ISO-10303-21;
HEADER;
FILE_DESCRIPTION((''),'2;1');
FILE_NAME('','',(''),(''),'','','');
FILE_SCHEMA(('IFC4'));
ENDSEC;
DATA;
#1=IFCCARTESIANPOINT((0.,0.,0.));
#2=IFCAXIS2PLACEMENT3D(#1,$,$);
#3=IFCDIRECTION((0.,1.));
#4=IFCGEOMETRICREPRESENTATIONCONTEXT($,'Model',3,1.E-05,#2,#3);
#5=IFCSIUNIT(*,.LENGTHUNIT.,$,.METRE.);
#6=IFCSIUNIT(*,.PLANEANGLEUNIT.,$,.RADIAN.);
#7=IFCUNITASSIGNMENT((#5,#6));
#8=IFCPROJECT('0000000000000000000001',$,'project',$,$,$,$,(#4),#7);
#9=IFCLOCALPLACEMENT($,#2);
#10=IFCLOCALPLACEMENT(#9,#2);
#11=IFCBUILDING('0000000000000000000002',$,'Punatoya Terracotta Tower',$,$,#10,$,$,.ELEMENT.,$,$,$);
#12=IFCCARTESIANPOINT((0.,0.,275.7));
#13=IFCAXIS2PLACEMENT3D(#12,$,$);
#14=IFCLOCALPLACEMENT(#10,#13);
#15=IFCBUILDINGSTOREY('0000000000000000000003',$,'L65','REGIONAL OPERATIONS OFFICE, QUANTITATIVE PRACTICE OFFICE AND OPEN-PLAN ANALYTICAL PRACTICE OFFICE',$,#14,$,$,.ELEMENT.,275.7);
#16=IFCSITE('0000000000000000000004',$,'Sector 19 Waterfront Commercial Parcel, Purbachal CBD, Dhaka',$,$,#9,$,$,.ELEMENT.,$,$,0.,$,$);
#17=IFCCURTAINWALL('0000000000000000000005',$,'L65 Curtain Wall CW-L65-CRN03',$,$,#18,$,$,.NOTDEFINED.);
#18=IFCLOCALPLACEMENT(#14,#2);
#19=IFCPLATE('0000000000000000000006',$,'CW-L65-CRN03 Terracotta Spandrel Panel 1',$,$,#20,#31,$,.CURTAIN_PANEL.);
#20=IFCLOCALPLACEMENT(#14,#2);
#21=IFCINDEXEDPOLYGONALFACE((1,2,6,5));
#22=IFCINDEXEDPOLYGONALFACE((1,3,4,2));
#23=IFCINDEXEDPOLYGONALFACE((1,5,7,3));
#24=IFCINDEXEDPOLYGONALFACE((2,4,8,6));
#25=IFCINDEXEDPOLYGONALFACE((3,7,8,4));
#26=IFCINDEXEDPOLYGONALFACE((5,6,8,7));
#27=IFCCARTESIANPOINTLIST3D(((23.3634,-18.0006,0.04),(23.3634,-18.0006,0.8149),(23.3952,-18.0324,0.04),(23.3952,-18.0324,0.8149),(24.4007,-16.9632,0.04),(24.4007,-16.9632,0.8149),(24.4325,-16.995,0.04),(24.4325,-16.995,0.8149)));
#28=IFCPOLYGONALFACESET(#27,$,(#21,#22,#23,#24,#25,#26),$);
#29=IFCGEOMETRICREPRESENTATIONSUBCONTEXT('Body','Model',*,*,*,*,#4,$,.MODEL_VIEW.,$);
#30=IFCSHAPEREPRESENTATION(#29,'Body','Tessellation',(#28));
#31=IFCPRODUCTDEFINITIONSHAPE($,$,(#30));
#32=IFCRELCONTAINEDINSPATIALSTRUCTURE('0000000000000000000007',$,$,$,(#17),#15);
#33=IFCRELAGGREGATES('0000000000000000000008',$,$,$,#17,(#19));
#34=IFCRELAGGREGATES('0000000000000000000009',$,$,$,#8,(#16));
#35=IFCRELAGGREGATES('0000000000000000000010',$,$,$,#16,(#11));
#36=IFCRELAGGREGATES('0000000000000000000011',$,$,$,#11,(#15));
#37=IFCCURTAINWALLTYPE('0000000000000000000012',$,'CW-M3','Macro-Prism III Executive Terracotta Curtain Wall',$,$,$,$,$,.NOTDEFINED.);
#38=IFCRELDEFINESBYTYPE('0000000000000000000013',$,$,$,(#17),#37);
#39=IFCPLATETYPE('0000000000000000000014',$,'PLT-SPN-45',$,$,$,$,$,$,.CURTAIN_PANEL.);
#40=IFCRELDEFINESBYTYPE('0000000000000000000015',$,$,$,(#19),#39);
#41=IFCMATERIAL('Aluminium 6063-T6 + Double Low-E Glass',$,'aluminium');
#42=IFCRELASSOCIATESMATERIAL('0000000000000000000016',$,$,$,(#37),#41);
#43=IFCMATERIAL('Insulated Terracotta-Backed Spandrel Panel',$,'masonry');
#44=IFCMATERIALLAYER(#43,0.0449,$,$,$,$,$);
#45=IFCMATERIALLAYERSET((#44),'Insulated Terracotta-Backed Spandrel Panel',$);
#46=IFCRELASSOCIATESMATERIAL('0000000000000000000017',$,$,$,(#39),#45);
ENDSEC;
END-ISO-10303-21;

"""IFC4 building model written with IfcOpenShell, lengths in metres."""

from ifc_helpers import new_model, si_unit, direction, frame, origin, origin_2d, place, context, subcontext, project, spatial, rectangle, extrude, material, layer, layer_set, type_object, element, aggregate, save


model = new_model("IFC4")

# Units and contexts
model_context = context("Model", 3, precision=1e-05, world=origin(), true_north=direction((0.0, 1.0)))
body_context = subcontext(model_context, "Body", "Model", "MODEL_VIEW")
ifc_project = project(units=[si_unit("LENGTHUNIT", "METRE"), si_unit("PLANEANGLEUNIT", "RADIAN")], contexts=[model_context])

# Site, building, storey
site_placement = place(None, origin())
site = spatial("IfcSite", under=ifc_project, at=site_placement, Name="Sector 19 Waterfront Commercial Parcel, Purbachal CBD, Dhaka", CompositionType="ELEMENT", RefElevation=0.0)
building_placement = place(site_placement, origin())
building = spatial("IfcBuilding", under=site, at=building_placement, Name="Punatoya Terracotta Tower", CompositionType="ELEMENT")
storey_placement = place(building_placement, frame((0.0, 0.0, 275.7)))
storey = spatial("IfcBuildingStorey", under=building, at=storey_placement, Name="L65", Description="REGIONAL OPERATIONS OFFICE, QUANTITATIVE PRACTICE OFFICE AND OPEN-PLAN ANALYTICAL PRACTICE OFFICE", CompositionType="ELEMENT", Elevation=275.7)

# Curtain wall
ifc_material_1 = material(Name="Aluminium 6063-T6 + Double Low-E Glass", Category="aluminium")
curtain_wall_type = type_object("IfcCurtainWallType", Name="CW-M3", Description="Macro-Prism III Executive Terracotta Curtain Wall", PredefinedType="NOTDEFINED", material=ifc_material_1)
curtain_wall_1_placement = place(storey_placement, origin())
curtain_wall_1 = element("IfcCurtainWall", 1, at=curtain_wall_1_placement, inside=storey, type_object=curtain_wall_type, Name="L65 Curtain Wall CW-L65-CRN03", PredefinedType="NOTDEFINED")

# Plate
ifc_material_2 = material(Name="Insulated Terracotta-Backed Spandrel Panel", Category="masonry")
ifc_layer_1 = layer(ifc_material_2, 0.0449)
ifc_layer_set_1 = layer_set([ifc_layer_1], Name="Insulated Terracotta-Backed Spandrel Panel")
plate_type_1 = type_object("IfcPlateType", Name="PLT-SPN-45", PredefinedType="CURTAIN_PANEL", material=ifc_layer_set_1)
plate_1_placement = place(storey_placement, frame((23.8979, -17.4978, 0.04), z_axis=(0.0, 0.0, 1.0), x_axis=(0.707107, 0.707107, 0.0)))
plate_1 = element("IfcPlate", 2, at=plate_1_placement, type_object=plate_type_1, Name="CW-L65-CRN03 Terracotta Spandrel Panel 1", PredefinedType="CURTAIN_PANEL", context=body_context, shape_type="SweptSolid", body=[
    extrude(rectangle(XDim=1.467, YDim=0.0449, at=origin_2d()), origin(), (0.0, 0.0, 1.0), 0.7749),
])
aggregate(curtain_wall_1, [plate_1])

save(model, "model.ifc")
